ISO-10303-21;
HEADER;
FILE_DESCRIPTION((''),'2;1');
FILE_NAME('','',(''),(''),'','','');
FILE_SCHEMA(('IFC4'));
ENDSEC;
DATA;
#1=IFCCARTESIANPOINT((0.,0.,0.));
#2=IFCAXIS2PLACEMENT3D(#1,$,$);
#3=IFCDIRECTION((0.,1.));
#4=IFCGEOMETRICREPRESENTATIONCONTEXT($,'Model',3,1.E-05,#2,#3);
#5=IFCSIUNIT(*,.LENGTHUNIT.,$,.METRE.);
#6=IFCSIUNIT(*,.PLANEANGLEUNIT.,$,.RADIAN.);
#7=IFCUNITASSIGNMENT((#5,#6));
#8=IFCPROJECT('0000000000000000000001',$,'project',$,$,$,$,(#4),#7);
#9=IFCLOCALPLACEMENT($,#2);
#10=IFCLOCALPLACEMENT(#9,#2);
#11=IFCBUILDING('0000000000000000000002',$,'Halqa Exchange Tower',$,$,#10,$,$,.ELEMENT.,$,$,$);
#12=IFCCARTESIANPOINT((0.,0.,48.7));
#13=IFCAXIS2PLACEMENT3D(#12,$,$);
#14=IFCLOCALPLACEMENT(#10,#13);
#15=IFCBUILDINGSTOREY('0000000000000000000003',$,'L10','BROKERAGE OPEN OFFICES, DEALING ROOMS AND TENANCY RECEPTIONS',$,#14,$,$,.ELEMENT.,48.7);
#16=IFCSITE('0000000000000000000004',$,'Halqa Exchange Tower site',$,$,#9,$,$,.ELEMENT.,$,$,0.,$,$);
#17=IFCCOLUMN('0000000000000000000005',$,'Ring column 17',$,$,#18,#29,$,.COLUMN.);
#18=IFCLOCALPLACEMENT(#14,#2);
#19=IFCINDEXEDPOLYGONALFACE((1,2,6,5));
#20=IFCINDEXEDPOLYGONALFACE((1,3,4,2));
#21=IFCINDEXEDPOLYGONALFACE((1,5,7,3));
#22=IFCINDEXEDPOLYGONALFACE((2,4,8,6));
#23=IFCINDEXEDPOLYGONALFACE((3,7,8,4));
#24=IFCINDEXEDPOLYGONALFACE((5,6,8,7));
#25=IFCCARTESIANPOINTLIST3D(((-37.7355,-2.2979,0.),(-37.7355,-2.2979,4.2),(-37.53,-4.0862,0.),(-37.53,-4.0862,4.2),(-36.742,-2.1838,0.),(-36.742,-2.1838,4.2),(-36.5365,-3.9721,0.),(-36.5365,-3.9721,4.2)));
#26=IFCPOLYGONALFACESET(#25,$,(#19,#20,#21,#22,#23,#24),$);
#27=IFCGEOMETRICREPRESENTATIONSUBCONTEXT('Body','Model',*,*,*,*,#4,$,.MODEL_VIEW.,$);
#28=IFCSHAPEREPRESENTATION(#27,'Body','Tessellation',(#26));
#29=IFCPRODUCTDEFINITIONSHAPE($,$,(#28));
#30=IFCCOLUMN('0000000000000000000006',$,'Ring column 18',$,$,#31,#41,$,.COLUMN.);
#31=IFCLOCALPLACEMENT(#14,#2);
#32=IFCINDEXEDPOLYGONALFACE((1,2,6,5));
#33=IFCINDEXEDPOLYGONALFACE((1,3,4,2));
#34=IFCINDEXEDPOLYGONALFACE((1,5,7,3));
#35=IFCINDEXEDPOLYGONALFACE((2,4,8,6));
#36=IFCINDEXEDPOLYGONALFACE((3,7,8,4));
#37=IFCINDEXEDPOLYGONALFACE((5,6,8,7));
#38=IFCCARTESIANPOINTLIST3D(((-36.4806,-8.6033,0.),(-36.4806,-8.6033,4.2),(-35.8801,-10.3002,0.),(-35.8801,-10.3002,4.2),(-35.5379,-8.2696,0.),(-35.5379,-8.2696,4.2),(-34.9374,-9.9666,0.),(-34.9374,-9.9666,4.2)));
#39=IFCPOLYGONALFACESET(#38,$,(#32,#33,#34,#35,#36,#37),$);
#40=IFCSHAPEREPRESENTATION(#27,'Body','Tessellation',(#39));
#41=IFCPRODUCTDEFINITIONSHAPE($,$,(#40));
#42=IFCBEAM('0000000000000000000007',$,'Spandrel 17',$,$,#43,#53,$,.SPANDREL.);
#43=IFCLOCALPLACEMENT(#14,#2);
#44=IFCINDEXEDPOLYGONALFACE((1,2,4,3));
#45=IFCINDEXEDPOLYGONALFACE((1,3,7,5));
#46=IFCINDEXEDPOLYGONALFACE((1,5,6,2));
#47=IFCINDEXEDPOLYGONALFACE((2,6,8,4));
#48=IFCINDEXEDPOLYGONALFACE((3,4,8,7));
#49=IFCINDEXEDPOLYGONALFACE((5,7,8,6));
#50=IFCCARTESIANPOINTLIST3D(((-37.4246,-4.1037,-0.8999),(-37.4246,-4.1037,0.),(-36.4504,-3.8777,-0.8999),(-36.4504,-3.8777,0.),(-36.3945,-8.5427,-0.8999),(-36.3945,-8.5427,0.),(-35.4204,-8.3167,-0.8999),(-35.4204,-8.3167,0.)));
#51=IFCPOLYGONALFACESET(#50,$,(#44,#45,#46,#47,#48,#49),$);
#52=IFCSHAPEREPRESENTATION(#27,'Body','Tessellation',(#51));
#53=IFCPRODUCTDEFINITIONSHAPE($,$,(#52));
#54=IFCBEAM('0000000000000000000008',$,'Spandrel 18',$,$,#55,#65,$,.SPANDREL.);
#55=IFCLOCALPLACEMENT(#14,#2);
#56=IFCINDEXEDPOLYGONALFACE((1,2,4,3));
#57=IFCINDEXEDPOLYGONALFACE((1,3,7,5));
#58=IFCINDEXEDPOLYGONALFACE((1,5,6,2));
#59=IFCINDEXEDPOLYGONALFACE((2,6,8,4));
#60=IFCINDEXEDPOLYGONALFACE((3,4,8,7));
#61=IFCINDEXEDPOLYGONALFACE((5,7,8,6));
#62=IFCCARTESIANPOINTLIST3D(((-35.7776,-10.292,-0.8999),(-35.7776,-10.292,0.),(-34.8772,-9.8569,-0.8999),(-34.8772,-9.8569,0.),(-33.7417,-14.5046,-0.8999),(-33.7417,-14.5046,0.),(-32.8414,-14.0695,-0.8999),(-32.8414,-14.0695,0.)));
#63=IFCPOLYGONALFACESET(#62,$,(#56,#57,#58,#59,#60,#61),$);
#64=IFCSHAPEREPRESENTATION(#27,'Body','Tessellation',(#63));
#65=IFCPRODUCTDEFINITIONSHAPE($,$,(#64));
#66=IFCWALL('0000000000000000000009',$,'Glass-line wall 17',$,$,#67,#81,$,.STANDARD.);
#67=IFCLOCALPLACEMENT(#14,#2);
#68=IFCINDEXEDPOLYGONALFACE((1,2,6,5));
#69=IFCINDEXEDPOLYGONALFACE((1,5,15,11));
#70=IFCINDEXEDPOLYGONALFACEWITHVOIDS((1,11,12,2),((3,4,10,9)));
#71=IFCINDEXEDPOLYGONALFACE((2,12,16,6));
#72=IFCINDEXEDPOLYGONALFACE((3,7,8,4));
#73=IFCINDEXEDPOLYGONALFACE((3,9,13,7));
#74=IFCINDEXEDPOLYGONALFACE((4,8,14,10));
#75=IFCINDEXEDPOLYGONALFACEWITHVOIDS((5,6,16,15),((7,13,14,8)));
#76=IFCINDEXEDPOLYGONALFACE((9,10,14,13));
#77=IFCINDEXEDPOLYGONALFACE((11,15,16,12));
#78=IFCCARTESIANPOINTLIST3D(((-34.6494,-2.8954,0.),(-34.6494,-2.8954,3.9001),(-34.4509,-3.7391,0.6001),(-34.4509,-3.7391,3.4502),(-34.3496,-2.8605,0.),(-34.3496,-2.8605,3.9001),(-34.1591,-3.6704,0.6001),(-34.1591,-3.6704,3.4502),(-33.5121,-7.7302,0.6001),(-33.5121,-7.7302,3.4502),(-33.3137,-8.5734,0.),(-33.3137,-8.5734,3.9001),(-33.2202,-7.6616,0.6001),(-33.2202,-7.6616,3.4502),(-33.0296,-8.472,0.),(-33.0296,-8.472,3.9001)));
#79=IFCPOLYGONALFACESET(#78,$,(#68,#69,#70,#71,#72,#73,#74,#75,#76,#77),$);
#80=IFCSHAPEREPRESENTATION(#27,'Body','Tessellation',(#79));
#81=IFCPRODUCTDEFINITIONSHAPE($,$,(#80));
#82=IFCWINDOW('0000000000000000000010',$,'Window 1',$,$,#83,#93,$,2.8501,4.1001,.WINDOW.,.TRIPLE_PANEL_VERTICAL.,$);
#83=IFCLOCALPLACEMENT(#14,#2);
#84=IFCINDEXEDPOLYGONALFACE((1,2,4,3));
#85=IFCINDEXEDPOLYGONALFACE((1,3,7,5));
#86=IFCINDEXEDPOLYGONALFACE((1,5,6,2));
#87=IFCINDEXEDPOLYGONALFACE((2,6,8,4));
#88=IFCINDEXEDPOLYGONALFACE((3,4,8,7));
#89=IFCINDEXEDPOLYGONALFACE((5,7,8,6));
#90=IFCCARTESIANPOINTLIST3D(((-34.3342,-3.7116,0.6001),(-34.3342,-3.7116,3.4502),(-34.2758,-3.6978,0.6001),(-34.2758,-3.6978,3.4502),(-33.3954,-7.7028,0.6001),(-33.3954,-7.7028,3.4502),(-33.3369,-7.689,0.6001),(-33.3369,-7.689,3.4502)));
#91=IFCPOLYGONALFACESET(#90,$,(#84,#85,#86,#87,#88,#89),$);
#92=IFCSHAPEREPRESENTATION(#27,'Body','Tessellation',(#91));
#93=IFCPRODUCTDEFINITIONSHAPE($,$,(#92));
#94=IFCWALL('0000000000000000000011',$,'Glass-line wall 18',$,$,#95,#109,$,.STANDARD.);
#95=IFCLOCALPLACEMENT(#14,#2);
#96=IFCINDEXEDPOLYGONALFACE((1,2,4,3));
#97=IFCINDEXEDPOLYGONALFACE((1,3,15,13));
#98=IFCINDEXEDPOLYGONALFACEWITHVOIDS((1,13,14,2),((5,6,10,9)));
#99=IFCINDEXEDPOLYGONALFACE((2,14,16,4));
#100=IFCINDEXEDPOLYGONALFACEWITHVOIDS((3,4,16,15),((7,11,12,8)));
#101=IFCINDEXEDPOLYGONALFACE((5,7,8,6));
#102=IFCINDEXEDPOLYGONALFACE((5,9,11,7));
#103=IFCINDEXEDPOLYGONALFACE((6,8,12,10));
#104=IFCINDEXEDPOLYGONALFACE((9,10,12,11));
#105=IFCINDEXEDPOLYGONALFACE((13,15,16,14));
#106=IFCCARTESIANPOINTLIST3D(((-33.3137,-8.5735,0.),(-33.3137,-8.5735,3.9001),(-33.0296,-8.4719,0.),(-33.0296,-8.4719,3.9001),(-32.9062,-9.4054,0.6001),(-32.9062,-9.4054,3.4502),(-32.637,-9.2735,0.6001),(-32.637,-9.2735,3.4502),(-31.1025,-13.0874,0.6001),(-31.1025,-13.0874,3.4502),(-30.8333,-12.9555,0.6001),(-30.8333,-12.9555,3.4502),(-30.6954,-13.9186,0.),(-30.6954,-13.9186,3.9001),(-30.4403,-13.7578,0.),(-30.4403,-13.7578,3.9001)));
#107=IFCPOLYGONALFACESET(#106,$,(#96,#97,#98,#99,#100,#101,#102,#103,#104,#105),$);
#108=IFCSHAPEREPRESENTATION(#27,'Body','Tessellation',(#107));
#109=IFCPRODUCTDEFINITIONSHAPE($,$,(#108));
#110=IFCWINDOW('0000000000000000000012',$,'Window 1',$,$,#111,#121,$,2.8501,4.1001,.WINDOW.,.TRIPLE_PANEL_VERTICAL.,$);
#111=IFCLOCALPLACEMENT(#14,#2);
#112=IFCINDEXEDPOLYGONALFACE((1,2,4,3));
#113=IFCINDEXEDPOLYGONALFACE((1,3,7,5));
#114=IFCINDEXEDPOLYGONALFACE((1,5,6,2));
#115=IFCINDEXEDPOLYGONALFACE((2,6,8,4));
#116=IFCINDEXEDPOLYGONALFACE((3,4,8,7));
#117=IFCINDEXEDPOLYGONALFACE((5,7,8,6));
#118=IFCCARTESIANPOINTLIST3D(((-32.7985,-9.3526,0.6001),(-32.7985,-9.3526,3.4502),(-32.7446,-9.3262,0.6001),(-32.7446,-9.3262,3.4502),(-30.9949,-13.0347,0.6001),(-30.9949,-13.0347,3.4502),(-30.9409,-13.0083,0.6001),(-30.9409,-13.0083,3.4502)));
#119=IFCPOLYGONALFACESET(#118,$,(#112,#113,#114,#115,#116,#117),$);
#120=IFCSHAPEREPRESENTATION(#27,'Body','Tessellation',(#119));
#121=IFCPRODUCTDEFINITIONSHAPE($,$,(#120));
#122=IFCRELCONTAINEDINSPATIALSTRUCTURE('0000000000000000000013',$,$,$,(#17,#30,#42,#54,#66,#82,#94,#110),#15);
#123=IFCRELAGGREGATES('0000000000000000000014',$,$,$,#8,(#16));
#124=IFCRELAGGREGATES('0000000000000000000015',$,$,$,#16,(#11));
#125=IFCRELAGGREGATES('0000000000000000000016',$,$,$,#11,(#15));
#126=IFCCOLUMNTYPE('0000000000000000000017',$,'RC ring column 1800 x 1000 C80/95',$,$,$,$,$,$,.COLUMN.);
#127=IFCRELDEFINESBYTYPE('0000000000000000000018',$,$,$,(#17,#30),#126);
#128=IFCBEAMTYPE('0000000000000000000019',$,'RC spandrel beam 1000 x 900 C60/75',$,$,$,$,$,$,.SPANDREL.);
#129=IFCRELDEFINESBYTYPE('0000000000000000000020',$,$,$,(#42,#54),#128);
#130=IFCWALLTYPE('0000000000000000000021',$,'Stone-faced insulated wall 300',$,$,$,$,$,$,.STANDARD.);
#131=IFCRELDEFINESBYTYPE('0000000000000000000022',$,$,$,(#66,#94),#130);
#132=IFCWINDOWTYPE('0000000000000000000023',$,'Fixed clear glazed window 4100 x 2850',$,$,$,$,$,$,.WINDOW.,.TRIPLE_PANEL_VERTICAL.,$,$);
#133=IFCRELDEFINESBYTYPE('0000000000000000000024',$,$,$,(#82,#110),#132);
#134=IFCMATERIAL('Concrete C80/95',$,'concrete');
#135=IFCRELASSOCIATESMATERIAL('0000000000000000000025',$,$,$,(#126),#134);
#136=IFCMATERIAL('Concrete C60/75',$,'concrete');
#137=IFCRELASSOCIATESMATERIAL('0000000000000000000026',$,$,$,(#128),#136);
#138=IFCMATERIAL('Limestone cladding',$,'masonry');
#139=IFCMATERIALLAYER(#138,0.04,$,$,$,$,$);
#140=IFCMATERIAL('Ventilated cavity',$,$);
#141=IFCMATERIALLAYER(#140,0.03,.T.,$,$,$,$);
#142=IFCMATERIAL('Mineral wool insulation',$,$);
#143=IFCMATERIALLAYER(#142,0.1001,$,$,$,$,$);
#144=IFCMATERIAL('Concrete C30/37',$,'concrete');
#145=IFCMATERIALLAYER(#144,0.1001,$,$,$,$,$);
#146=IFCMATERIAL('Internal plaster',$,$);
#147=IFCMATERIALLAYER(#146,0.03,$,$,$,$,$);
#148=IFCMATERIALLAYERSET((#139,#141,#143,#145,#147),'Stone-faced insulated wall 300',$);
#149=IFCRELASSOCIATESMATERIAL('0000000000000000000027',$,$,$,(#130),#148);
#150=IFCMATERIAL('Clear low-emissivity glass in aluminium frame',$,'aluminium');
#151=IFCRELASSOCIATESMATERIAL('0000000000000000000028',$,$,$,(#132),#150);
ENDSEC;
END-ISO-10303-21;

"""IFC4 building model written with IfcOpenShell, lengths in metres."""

from ifc_helpers import new_model, si_unit, direction, frame, frame_2d, origin, origin_2d, place, context, subcontext, project, spatial, polyline, rectangle, outline, extrude, material, layer, layer_set, material_profile, profile_set, type_object, element, fill, save


model = new_model("IFC4")

# Units and contexts
model_context = context("Model", 3, precision=1e-05, world=origin(), true_north=direction((0.0, 1.0)))
body_context = subcontext(model_context, "Body", "Model", "MODEL_VIEW")
ifc_project = project(units=[si_unit("LENGTHUNIT", "METRE"), si_unit("PLANEANGLEUNIT", "RADIAN")], contexts=[model_context])

# Site, building, storey
site_placement = place(None, origin())
site = spatial("IfcSite", under=ifc_project, at=site_placement, Name="Halqa Exchange Tower site", CompositionType="ELEMENT", RefElevation=0.0)
building_placement = place(site_placement, origin())
building = spatial("IfcBuilding", under=site, at=building_placement, Name="Halqa Exchange Tower", CompositionType="ELEMENT")
storey_placement = place(building_placement, frame((0.0, 0.0, 48.7)))
storey = spatial("IfcBuildingStorey", under=building, at=storey_placement, Name="L10", Description="BROKERAGE OPEN OFFICES, DEALING ROOMS AND TENANCY RECEPTIONS", CompositionType="ELEMENT", Elevation=48.7)

# Columns
ifc_material_1 = material(Name="Concrete C80/95", Category="concrete")
ifc_material_profile_1 = material_profile(ifc_material_1, rectangle(XDim=1.8, YDim=1.0, at=origin_2d()), Name="1800 x 1000")
ifc_profile_set_1 = profile_set([ifc_material_profile_1], Name="Concrete C80/95")
column_type = type_object("IfcColumnType", Name="RC ring column 1800 x 1000 C80/95", PredefinedType="COLUMN", material=ifc_profile_set_1)
for number, where, z_axis, x_axis, name in (
    (1, (-37.136, -3.135, 0.0), (0.0, 0.0, 1.0), (0.114153, -0.993463, 0.0), "Ring column 17"),
    (2, (-35.709, -9.2849, 0.0), (0.0, 0.0, 1.0), (0.333628, -0.942705, 0.0), "Ring column 18"),
):
    element("IfcColumn", number, at=place(storey_placement, frame(where, z_axis=z_axis, x_axis=x_axis)), inside=storey, type_object=column_type, Name=name, PredefinedType="COLUMN", context=body_context, shape_type="SweptSolid", body=[
        extrude(rectangle(XDim=1.8, YDim=1.0, at=origin_2d()), origin(), (0.0, 0.0, 1.0), 4.2),
    ])

# Beams
ifc_material_2 = material(Name="Concrete C60/75", Category="concrete")
ifc_material_profile_2 = material_profile(ifc_material_2, rectangle(XDim=1.0, YDim=0.8999, at=origin_2d()), Name="1000 x 900")
ifc_profile_set_2 = profile_set([ifc_material_profile_2], Name="Concrete C60/75")
beam_type = type_object("IfcBeamType", Name="RC spandrel beam 1000 x 900 C60/75", PredefinedType="SPANDREL", material=ifc_profile_set_2)
beam_1_placement = place(storey_placement, frame((-36.9375, -3.9907, -0.45), z_axis=(0.226037, -0.974119, 0.0), x_axis=(0.974119, 0.226037, 0.0)))
element("IfcBeam", 3, at=beam_1_placement, inside=storey, type_object=beam_type, Name="Spandrel 17", PredefinedType="SPANDREL", context=body_context, shape_type="SweptSolid", body=[
    extrude(rectangle(XDim=1.0, YDim=0.8999, at=origin_2d()), origin(), (0.0, 0.0, 1.0), 4.5569),
])
beam_2_placement = place(storey_placement, frame((-35.3274, -10.0745, -0.45), z_axis=(0.43513, -0.900368, 0.0), x_axis=(0.900368, 0.43513, 0.0)))
element("IfcBeam", 4, at=beam_2_placement, inside=storey, type_object=beam_type, Name="Spandrel 18", PredefinedType="SPANDREL", context=body_context, shape_type="SweptSolid", body=[
    extrude(rectangle(XDim=1.0, YDim=0.8999, at=origin_2d()), origin(), (0.0, 0.0, 1.0), 4.6787),
])

# Walls, openings, windows
ifc_material_3 = material(Name="Limestone cladding", Category="masonry")
ifc_layer_1 = layer(ifc_material_3, 0.04)
ifc_material_4 = material(Name="Ventilated cavity")
ifc_layer_2 = layer(ifc_material_4, 0.03, ventilated=True)
ifc_material_5 = material(Name="Mineral wool insulation")
ifc_layer_3 = layer(ifc_material_5, 0.1001)
ifc_material_6 = material(Name="Concrete C30/37", Category="concrete")
ifc_layer_4 = layer(ifc_material_6, 0.1001)
ifc_material_7 = material(Name="Internal plaster")
ifc_layer_5 = layer(ifc_material_7, 0.03)
ifc_layer_set = layer_set([ifc_layer_1, ifc_layer_2, ifc_layer_3, ifc_layer_4, ifc_layer_5], Name="Stone-faced insulated wall 300")
wall_type = type_object("IfcWallType", Name="Stone-faced insulated wall 300", PredefinedType="STANDARD", material=ifc_layer_set)
wall_1_placement = place(storey_placement, frame((-34.4995, -2.8779, 0.0), z_axis=(0.0, 0.0, 1.0), x_axis=(0.22899, -0.973429, 0.0)))
wall_1 = element("IfcWall", 5, at=wall_1_placement, inside=storey, type_object=wall_type, Name="Glass-line wall 17", PredefinedType="STANDARD", context=body_context, shape_type="SweptSolid", body=[
    extrude(outline(polyline([(-0.0173, -0.1499), (5.8157, -0.1499), (5.782, 0.1499), (0.0173, 0.1499), (-0.0173, -0.1499)])), origin(), (0.0, 0.0, 1.0), 3.9001),
])
opening_1_placement = place(wall_1_placement, frame((0.8494, 0.0, 0.6001)))
opening_1 = element("IfcOpeningElement", 6, at=opening_1_placement, cuts=wall_1, PredefinedType="OPENING", context=body_context, shape_type="SweptSolid", body=[
    extrude(rectangle(XDim=4.1001, YDim=2.8501, at=frame_2d((2.05, 1.425))), frame((0.0, 0.1621, 0.0), z_axis=(0.0, -1.0, 0.0), x_axis=(1.0, 0.0, 0.0)), (0.0, 0.0, 1.0), 0.324),
])
ifc_material_8 = material(Name="Clear low-emissivity glass in aluminium frame", Category="aluminium")
window_type = type_object("IfcWindowType", Name="Fixed clear glazed window 4100 x 2850", PartitioningType="TRIPLE_PANEL_VERTICAL", PredefinedType="WINDOW", material=ifc_material_8)
window_1_placement = place(opening_1_placement, origin())
window_1 = element("IfcWindow", 7, at=window_1_placement, inside=storey, type_object=window_type, Name="Window 1", OverallHeight=2.8501, OverallWidth=4.1001, PartitioningType="TRIPLE_PANEL_VERTICAL", PredefinedType="WINDOW", context=body_context, shape_type="SweptSolid", body=[
    extrude(rectangle(XDim=4.1001, YDim=2.8501, at=frame_2d((2.05, 1.425))), frame((0.0, 0.03, 0.0), z_axis=(0.0, -1.0, 0.0), x_axis=(1.0, 0.0, 0.0)), (0.0, 0.0, 1.0), 0.0601),
])
fill(opening_1, window_1)
wall_2_placement = place(storey_placement, frame((-33.1716, -8.5227, 0.0), z_axis=(0.0, 0.0, 1.0), x_axis=(0.439906, -0.898044, 0.0)))
wall_2 = element("IfcWall", 8, at=wall_2_placement, inside=storey, type_object=wall_type, Name="Glass-line wall 18", PredefinedType="STANDARD", context=body_context, shape_type="SweptSolid", body=[
    extrude(outline(polyline([(-0.0168, -0.1499), (5.9351, -0.1499), (5.9028, 0.1499), (0.0168, 0.1499), (-0.0168, -0.1499)])), origin(), (0.0, 0.0, 1.0), 3.9001),
])
opening_2_placement = place(wall_2_placement, frame((0.9094, 0.0, 0.6001)))
opening_2 = element("IfcOpeningElement", 9, at=opening_2_placement, cuts=wall_2, PredefinedType="OPENING", context=body_context, shape_type="SweptSolid", body=[
    extrude(rectangle(XDim=4.1001, YDim=2.8501, at=frame_2d((2.05, 1.425))), frame((0.0, 0.1621, 0.0), z_axis=(0.0, -1.0, 0.0), x_axis=(1.0, 0.0, 0.0)), (0.0, 0.0, 1.0), 0.324),
])
window_2_placement = place(opening_2_placement, origin())
window_2 = element("IfcWindow", 10, at=window_2_placement, inside=storey, type_object=window_type, Name="Window 1", OverallHeight=2.8501, OverallWidth=4.1001, PartitioningType="TRIPLE_PANEL_VERTICAL", PredefinedType="WINDOW", context=body_context, shape_type="SweptSolid", body=[
    extrude(rectangle(XDim=4.1001, YDim=2.8501, at=frame_2d((2.05, 1.425))), frame((0.0, 0.03, 0.0), z_axis=(0.0, -1.0, 0.0), x_axis=(1.0, 0.0, 0.0)), (0.0, 0.0, 1.0), 0.0601),
])
fill(opening_2, window_2)

save(model, "model.ifc")
